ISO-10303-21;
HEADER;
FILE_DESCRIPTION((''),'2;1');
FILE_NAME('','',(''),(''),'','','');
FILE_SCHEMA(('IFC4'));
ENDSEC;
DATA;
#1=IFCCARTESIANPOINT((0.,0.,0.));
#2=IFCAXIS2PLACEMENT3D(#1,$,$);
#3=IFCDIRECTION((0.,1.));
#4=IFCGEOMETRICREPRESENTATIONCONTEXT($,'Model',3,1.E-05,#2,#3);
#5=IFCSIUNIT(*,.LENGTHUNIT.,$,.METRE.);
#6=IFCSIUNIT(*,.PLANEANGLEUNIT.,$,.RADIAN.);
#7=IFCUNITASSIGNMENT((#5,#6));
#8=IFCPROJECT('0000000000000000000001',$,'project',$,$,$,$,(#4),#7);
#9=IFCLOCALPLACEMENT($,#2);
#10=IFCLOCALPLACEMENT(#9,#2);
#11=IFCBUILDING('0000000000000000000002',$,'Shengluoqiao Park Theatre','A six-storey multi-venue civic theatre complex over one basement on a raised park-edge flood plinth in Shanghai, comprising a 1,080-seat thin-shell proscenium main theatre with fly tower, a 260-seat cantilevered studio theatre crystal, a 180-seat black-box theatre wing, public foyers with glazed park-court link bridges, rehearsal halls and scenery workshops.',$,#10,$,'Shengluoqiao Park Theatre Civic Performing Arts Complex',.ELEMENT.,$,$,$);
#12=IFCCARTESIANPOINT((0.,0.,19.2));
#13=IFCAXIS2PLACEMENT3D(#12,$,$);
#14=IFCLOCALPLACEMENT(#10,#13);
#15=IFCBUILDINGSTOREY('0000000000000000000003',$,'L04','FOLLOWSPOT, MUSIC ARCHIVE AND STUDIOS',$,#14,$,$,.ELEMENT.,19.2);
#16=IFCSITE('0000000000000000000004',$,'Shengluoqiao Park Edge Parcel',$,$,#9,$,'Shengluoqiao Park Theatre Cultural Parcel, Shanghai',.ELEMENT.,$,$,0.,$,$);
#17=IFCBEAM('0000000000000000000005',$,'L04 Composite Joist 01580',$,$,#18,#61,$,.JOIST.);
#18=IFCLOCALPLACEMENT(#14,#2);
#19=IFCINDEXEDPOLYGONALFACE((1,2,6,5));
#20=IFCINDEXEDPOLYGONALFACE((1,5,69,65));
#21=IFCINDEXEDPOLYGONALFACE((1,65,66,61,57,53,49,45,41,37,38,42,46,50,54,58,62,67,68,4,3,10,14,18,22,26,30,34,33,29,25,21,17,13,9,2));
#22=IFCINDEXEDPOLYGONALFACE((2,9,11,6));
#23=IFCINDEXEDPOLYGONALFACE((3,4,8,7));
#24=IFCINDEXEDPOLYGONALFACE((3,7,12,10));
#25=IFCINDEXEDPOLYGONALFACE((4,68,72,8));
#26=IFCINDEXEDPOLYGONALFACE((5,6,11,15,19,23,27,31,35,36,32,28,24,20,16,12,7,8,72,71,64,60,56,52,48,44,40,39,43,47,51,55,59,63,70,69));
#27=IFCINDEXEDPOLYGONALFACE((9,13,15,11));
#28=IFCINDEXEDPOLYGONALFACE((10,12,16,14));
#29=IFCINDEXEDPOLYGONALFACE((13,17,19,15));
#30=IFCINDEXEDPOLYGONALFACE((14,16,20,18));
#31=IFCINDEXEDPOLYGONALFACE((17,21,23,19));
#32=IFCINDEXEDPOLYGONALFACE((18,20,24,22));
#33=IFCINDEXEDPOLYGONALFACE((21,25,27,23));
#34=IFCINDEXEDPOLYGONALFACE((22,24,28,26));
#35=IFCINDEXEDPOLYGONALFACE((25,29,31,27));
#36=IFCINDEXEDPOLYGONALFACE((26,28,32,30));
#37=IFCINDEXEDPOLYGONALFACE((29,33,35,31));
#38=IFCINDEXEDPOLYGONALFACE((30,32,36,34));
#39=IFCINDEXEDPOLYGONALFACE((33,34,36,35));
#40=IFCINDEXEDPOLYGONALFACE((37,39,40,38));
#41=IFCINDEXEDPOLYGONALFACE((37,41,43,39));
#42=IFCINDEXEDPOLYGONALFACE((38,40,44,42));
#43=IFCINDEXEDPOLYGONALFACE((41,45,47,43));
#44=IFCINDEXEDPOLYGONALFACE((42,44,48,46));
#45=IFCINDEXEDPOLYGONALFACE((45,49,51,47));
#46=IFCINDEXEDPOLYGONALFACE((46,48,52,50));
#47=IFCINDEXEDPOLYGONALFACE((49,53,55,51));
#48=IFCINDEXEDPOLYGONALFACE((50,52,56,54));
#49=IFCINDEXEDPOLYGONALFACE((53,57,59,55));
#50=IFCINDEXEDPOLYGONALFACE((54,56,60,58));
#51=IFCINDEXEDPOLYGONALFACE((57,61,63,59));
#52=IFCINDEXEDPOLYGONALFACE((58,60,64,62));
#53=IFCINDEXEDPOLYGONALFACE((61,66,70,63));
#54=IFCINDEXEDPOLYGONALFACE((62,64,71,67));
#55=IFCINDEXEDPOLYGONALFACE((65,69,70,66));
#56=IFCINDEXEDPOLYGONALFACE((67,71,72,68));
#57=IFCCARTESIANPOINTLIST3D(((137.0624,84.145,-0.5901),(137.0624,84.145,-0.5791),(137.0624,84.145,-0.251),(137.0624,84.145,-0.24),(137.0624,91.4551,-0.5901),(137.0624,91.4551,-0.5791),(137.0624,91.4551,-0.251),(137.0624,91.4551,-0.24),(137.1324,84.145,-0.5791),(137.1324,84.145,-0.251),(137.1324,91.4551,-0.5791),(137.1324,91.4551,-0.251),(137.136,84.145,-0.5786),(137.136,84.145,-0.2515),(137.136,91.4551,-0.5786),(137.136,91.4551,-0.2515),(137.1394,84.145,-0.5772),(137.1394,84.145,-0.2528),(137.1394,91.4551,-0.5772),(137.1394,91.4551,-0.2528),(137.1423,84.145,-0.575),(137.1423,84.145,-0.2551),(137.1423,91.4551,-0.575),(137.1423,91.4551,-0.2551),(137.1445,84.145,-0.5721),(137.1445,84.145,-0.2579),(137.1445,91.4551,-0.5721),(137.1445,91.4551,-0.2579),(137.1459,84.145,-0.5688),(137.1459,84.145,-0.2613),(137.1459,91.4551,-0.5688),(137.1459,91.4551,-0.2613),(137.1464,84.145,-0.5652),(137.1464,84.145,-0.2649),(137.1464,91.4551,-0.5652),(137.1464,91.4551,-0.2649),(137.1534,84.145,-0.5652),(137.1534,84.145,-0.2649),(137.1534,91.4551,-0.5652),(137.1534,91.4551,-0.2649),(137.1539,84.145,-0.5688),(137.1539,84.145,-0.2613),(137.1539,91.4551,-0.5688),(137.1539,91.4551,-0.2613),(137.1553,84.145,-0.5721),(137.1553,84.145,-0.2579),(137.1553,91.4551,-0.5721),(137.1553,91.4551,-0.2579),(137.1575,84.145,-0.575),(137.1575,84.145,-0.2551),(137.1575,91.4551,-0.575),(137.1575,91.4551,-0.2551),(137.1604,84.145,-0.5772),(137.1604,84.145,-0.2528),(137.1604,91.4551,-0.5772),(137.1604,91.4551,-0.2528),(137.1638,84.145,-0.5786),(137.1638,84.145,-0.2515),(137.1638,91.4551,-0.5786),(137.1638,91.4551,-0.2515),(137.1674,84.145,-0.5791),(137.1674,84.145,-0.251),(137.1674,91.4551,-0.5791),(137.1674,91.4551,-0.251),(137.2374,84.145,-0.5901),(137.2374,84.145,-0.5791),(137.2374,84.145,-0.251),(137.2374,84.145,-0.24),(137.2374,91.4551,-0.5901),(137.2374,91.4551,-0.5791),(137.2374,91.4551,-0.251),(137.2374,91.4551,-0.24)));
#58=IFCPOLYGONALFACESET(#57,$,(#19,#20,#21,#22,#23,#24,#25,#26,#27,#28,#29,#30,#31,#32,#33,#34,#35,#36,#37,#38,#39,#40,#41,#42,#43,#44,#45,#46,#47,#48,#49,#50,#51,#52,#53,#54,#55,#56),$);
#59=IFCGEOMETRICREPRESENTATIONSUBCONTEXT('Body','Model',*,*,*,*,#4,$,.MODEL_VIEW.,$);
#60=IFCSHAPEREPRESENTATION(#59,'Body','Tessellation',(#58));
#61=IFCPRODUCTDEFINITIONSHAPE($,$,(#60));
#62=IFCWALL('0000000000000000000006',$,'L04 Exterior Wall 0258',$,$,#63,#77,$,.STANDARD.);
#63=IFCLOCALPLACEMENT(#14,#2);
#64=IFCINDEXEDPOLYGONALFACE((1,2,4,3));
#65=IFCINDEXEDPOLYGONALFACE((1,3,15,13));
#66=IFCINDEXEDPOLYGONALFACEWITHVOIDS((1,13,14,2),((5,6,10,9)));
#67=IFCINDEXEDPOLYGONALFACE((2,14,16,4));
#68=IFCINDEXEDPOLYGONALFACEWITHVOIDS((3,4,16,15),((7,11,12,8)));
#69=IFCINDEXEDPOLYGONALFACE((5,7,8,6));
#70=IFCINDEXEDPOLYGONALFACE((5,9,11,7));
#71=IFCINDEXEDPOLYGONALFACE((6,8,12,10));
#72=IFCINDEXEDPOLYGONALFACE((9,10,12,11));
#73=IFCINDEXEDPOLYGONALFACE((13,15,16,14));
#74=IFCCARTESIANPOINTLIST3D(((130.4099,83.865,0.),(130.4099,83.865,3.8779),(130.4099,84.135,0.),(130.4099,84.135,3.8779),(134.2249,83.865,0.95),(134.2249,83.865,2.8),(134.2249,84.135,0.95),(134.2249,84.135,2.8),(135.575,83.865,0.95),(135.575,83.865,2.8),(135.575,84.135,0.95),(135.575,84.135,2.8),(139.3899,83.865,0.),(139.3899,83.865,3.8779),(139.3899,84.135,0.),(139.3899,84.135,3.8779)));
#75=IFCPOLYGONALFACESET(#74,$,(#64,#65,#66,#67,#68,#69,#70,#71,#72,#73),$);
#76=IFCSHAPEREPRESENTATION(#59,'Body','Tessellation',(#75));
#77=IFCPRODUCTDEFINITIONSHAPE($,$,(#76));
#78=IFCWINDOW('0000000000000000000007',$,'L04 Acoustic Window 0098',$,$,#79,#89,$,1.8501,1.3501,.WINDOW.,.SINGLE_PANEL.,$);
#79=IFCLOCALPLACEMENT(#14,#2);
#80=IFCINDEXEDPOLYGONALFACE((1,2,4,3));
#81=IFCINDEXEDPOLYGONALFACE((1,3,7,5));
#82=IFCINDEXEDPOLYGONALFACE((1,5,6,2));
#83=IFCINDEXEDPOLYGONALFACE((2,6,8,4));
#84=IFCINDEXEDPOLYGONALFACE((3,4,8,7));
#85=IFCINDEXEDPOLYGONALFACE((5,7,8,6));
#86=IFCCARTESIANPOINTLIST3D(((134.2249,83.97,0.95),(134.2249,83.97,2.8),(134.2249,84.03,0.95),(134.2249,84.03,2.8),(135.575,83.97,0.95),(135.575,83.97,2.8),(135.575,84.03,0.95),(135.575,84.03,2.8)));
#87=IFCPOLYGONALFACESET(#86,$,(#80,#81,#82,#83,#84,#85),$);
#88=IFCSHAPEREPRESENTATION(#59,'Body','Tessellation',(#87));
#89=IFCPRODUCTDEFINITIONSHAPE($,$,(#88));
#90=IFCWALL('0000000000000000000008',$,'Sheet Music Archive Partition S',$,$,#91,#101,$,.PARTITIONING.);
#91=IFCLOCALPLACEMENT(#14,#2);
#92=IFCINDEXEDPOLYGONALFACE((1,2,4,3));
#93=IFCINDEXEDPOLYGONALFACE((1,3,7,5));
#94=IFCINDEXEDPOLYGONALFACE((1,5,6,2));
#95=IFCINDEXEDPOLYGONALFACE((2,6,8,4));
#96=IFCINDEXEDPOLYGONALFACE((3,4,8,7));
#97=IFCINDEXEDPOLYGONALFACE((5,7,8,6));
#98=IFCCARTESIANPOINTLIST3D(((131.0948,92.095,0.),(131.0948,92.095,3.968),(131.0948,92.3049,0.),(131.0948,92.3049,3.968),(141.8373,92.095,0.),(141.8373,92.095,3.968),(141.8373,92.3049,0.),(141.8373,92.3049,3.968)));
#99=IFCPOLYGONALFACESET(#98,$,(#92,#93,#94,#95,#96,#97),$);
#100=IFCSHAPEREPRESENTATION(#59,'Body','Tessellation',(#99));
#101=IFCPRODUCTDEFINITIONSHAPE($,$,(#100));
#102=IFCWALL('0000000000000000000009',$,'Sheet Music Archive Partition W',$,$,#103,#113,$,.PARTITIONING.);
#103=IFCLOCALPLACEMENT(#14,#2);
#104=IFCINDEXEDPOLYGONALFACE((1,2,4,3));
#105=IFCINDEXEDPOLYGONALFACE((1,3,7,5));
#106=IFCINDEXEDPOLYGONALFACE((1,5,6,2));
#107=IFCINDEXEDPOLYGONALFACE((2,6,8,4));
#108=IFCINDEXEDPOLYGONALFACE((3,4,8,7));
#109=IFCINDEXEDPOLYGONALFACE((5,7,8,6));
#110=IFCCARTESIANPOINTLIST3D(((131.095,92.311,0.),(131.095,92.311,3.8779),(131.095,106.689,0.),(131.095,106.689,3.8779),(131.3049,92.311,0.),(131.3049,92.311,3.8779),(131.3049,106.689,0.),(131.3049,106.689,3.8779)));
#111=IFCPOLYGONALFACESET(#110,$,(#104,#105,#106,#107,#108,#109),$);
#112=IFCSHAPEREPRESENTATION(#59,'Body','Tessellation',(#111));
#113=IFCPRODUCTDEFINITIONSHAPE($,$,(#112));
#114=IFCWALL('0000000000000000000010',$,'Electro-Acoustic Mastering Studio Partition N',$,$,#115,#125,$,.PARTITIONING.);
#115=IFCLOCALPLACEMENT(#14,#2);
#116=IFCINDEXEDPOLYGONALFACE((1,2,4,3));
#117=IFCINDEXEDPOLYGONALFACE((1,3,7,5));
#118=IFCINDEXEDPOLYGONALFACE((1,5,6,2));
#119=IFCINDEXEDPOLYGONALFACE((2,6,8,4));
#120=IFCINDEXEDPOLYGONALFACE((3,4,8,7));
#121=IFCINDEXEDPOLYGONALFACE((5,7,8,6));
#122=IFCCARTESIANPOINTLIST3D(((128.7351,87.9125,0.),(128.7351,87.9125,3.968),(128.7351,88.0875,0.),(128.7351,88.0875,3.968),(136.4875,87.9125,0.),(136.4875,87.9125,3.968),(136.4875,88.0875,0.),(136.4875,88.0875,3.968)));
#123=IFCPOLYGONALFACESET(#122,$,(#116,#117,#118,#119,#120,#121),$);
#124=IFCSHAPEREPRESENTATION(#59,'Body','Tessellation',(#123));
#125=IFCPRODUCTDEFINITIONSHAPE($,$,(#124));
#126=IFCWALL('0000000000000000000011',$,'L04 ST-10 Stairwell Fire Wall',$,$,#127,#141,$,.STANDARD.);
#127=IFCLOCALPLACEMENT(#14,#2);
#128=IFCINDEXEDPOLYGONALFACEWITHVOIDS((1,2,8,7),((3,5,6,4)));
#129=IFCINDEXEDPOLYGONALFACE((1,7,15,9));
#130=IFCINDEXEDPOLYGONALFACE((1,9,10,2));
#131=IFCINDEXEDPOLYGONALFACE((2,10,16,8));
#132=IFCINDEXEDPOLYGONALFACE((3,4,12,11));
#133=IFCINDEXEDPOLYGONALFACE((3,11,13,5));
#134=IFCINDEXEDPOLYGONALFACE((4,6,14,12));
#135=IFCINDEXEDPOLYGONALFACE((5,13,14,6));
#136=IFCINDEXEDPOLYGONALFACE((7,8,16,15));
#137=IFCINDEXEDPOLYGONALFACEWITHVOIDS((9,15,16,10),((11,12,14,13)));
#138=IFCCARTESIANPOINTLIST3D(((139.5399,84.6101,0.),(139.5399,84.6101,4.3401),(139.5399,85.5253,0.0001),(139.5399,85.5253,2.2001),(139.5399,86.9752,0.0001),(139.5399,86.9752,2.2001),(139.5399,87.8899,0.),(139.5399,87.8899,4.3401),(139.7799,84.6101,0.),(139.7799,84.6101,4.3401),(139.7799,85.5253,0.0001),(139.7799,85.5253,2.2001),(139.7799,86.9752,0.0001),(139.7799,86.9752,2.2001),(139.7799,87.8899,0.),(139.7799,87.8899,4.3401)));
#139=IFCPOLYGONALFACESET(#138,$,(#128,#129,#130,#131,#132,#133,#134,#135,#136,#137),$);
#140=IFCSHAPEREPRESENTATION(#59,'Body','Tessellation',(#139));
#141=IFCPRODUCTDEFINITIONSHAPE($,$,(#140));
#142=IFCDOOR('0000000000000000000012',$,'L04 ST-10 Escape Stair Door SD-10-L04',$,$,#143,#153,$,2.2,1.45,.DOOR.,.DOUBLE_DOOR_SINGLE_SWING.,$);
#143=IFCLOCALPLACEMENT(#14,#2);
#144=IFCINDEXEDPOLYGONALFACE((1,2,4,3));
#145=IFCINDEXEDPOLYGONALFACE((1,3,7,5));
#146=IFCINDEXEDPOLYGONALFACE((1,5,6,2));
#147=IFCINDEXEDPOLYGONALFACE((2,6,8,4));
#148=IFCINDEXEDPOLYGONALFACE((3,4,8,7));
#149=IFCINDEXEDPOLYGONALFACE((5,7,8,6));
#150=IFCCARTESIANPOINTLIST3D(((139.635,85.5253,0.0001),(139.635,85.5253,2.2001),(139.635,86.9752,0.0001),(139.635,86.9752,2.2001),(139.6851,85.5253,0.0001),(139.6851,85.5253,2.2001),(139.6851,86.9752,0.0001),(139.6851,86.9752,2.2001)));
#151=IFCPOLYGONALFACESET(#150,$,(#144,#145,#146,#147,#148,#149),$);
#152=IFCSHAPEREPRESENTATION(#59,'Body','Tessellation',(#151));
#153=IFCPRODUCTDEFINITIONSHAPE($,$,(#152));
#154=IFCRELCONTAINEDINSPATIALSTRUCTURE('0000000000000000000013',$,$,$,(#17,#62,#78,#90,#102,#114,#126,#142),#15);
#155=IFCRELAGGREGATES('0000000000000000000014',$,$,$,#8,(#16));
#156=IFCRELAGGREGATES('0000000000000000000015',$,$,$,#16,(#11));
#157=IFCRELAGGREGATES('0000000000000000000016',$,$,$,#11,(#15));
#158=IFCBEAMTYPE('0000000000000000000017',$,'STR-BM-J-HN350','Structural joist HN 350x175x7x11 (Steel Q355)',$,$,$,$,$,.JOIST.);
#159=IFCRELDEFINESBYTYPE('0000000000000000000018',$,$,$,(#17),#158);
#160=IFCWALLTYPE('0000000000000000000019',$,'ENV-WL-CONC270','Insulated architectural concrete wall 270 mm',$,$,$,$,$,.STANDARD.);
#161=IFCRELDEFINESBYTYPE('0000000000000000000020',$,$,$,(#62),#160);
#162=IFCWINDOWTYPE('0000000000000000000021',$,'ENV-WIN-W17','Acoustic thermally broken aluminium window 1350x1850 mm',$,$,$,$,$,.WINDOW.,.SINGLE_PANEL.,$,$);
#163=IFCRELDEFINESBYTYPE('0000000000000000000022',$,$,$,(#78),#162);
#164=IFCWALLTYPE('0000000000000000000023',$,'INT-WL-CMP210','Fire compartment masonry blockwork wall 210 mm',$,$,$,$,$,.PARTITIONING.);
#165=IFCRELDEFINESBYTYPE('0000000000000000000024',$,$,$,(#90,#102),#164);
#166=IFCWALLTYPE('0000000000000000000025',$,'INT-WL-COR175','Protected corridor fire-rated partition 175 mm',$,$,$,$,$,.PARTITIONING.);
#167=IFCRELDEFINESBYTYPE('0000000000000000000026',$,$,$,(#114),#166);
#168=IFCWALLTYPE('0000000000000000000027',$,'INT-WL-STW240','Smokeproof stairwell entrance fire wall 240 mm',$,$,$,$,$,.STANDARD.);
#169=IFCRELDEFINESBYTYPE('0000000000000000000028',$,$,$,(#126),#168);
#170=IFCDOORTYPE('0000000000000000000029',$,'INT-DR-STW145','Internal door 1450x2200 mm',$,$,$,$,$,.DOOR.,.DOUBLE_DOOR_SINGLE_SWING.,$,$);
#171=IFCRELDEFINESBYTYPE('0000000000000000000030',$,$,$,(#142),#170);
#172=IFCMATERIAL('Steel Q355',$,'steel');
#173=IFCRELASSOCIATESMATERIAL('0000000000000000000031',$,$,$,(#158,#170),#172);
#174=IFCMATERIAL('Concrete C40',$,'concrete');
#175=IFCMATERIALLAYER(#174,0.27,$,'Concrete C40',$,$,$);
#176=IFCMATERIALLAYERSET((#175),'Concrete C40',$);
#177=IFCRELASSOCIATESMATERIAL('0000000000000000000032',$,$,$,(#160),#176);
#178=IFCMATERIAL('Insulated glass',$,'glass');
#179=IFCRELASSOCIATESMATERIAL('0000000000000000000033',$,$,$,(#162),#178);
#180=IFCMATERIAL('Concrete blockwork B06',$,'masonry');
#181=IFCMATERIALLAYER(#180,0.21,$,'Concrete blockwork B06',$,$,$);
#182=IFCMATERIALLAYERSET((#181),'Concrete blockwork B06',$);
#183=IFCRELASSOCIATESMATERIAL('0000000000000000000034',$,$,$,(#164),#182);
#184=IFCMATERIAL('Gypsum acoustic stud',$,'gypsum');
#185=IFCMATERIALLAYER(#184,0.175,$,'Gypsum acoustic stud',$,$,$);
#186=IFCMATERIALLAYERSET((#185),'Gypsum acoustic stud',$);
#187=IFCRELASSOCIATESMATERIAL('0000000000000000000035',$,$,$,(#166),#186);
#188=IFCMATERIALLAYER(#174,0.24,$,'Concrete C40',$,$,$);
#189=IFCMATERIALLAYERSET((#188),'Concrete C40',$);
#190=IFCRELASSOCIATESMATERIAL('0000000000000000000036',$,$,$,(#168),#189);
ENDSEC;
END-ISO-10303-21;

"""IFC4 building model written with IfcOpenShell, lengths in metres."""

from ifc_helpers import new_model, si_unit, direction, frame, frame_2d, origin, origin_2d, place, context, subcontext, project, spatial, rectangle, i_section, extrude, material, layer, layer_set, material_profile, profile_set, type_object, element, fill, save


model = new_model("IFC4")

# Units and contexts
model_context = context("Model", 3, precision=1e-05, world=origin(), true_north=direction((0.0, 1.0)))
body_context = subcontext(model_context, "Body", "Model", "MODEL_VIEW")
ifc_project = project(units=[si_unit("LENGTHUNIT", "METRE"), si_unit("PLANEANGLEUNIT", "RADIAN")], contexts=[model_context])

# Site, building, storey
site_placement = place(None, origin())
site = spatial("IfcSite", under=ifc_project, at=site_placement, Name="Shengluoqiao Park Edge Parcel", LongName="Shengluoqiao Park Theatre Cultural Parcel, Shanghai", CompositionType="ELEMENT", RefElevation=0.0)
building_placement = place(site_placement, origin())
building = spatial("IfcBuilding", under=site, at=building_placement, Name="Shengluoqiao Park Theatre", Description="A six-storey multi-venue civic theatre complex over one basement on a raised park-edge flood plinth in Shanghai, comprising a 1,080-seat thin-shell proscenium main theatre with fly tower, a 260-seat cantilevered studio theatre crystal, a 180-seat black-box theatre wing, public foyers with glazed park-court link bridges, rehearsal halls and scenery workshops.", LongName="Shengluoqiao Park Theatre Civic Performing Arts Complex", CompositionType="ELEMENT")
storey_placement = place(building_placement, frame((0.0, 0.0, 19.2)))
storey = spatial("IfcBuildingStorey", under=building, at=storey_placement, Name="L04", Description="FOLLOWSPOT, MUSIC ARCHIVE AND STUDIOS", CompositionType="ELEMENT", Elevation=19.2)

# Shared definitions
ifc_material_1 = material(Name="Steel Q355", Category="steel")

# Beam
ifc_material_profile_1 = material_profile(ifc_material_1, i_section(OverallWidth=0.175, OverallDepth=0.3501, WebThickness=0.0071, FlangeThickness=0.011, FilletRadius=0.0139, at=origin_2d()), Name="HN 350x175x7x11")
ifc_profile_set_1 = profile_set([ifc_material_profile_1], Name="Steel Q355")
beam_type_1 = type_object("IfcBeamType", Name="STR-BM-J-HN350", Description="Structural joist HN 350x175x7x11 (Steel Q355)", PredefinedType="JOIST", material=ifc_profile_set_1)
for number, where, z_axis, x_axis, name in (
    (1, (137.1499, 84.145, -0.415), (0.0, 1.0, 0.0), (-1.0, 0.0, 0.0), "L04 Composite Joist 01580"),
):
    element("IfcBeam", number, at=place(storey_placement, frame(where, z_axis=z_axis, x_axis=x_axis)), inside=storey, type_object=beam_type_1, Name=name, PredefinedType="JOIST", context=body_context, shape_type="SweptSolid", body=[
        extrude(i_section(OverallWidth=0.175, OverallDepth=0.3501, WebThickness=0.0071, FlangeThickness=0.011, FilletRadius=0.0139, at=origin_2d()), origin(), (0.0, 0.0, 1.0), 7.3101),
    ])

# Wall, opening, window
ifc_material_2 = material(Name="Concrete C40", Category="concrete")
ifc_layer_1 = layer(ifc_material_2, 0.27, Name="Concrete C40")
ifc_layer_set_1 = layer_set([ifc_layer_1], Name="Concrete C40")
wall_type_1 = type_object("IfcWallType", Name="ENV-WL-CONC270", Description="Insulated architectural concrete wall 270 mm", PredefinedType="STANDARD", material=ifc_layer_set_1)
wall_1_placement = place(storey_placement, frame((130.4099, 84.0, 0.0), z_axis=(0.0, 0.0, 1.0), x_axis=(1.0, 0.0, 0.0)))
wall_1 = element("IfcWall", 2, at=wall_1_placement, inside=storey, type_object=wall_type_1, Name="L04 Exterior Wall 0258", PredefinedType="STANDARD", context=body_context, shape_type="SweptSolid", body=[
    extrude(rectangle(XDim=8.98, YDim=0.27, at=frame_2d((4.49, 0.0))), origin(), (0.0, 0.0, 1.0), 3.8779),
])
opening_1_placement = place(wall_1_placement, frame((3.8149, 0.0, 0.95)))
opening_1 = element("IfcOpeningElement", 3, at=opening_1_placement, cuts=wall_1, PredefinedType="OPENING", context=body_context, shape_type="SweptSolid", body=[
    extrude(rectangle(XDim=1.3501, YDim=1.8501, at=frame_2d((0.675, 0.925))), frame((0.0, 0.145, 0.0), z_axis=(0.0, -1.0, 0.0), x_axis=(1.0, 0.0, 0.0)), (0.0, 0.0, 1.0), 0.29),
])
ifc_material_3 = material(Name="Insulated glass", Category="glass")
window_type = type_object("IfcWindowType", Name="ENV-WIN-W17", Description="Acoustic thermally broken aluminium window 1350x1850 mm", PartitioningType="SINGLE_PANEL", PredefinedType="WINDOW", material=ifc_material_3)
window_placement = place(opening_1_placement, origin())
window = element("IfcWindow", 4, at=window_placement, inside=storey, type_object=window_type, Name="L04 Acoustic Window 0098", OverallHeight=1.8501, OverallWidth=1.3501, PartitioningType="SINGLE_PANEL", PredefinedType="WINDOW", context=body_context, shape_type="SweptSolid", body=[
    extrude(rectangle(XDim=1.3501, YDim=1.8501, at=frame_2d((0.675, 0.925))), frame((0.0, 0.03, 0.0), z_axis=(0.0, -1.0, 0.0), x_axis=(1.0, 0.0, 0.0)), (0.0, 0.0, 1.0), 0.0601),
])
fill(opening_1, window)

# Walls
ifc_material_4 = material(Name="Concrete blockwork B06", Category="masonry")
ifc_layer_2 = layer(ifc_material_4, 0.21, Name="Concrete blockwork B06")
ifc_layer_set_2 = layer_set([ifc_layer_2], Name="Concrete blockwork B06")
wall_type_2 = type_object("IfcWallType", Name="INT-WL-CMP210", Description="Fire compartment masonry blockwork wall 210 mm", PredefinedType="PARTITIONING", material=ifc_layer_set_2)
wall_2_placement = place(storey_placement, frame((131.095, 92.2, 0.0), z_axis=(0.0, 0.0, 1.0), x_axis=(1.0, 0.0, 0.0)))
element("IfcWall", 5, at=wall_2_placement, inside=storey, type_object=wall_type_2, Name="Sheet Music Archive Partition S", PredefinedType="PARTITIONING", context=body_context, shape_type="SweptSolid", body=[
    extrude(rectangle(XDim=10.7424, YDim=0.21, at=frame_2d((5.3711, 0.0))), origin(), (0.0, 0.0, 1.0), 3.968),
])
wall_3_placement = place(storey_placement, frame((131.2, 92.311, 0.0), z_axis=(0.0, 0.0, 1.0), x_axis=(0.0, 1.0, 0.0)))
element("IfcWall", 6, at=wall_3_placement, inside=storey, type_object=wall_type_2, Name="Sheet Music Archive Partition W", PredefinedType="PARTITIONING", context=body_context, shape_type="SweptSolid", body=[
    extrude(rectangle(XDim=14.3779, YDim=0.21, at=frame_2d((7.189, 0.0))), origin(), (0.0, 0.0, 1.0), 3.8779),
])
ifc_material_5 = material(Name="Gypsum acoustic stud", Category="gypsum")
ifc_layer_3 = layer(ifc_material_5, 0.175, Name="Gypsum acoustic stud")
ifc_layer_set_3 = layer_set([ifc_layer_3], Name="Gypsum acoustic stud")
wall_type_3 = type_object("IfcWallType", Name="INT-WL-COR175", Description="Protected corridor fire-rated partition 175 mm", PredefinedType="PARTITIONING", material=ifc_layer_set_3)
wall_4_placement = place(storey_placement, frame((128.7351, 88.0, 0.0), z_axis=(0.0, 0.0, 1.0), x_axis=(1.0, 0.0, 0.0)))
element("IfcWall", 7, at=wall_4_placement, inside=storey, type_object=wall_type_3, Name="Electro-Acoustic Mastering Studio Partition N", PredefinedType="PARTITIONING", context=body_context, shape_type="SweptSolid", body=[
    extrude(rectangle(XDim=7.7524, YDim=0.175, at=frame_2d((3.8762, 0.0))), origin(), (0.0, 0.0, 1.0), 3.968),
])

# Wall, opening, door
ifc_layer_4 = layer(ifc_material_2, 0.24, Name="Concrete C40")
ifc_layer_set_4 = layer_set([ifc_layer_4], Name="Concrete C40")
wall_type_4 = type_object("IfcWallType", Name="INT-WL-STW240", Description="Smokeproof stairwell entrance fire wall 240 mm", PredefinedType="STANDARD", material=ifc_layer_set_4)
wall_5_placement = place(storey_placement, frame((139.6599, 84.6101, 0.0), z_axis=(0.0, 0.0, 1.0), x_axis=(0.0, 1.0, 0.0)))
wall_5 = element("IfcWall", 8, at=wall_5_placement, inside=storey, type_object=wall_type_4, Name="L04 ST-10 Stairwell Fire Wall", PredefinedType="STANDARD", context=body_context, shape_type="SweptSolid", body=[
    extrude(rectangle(XDim=3.2798, YDim=0.24, at=frame_2d((1.6399, 0.0))), origin(), (0.0, 0.0, 1.0), 4.3401),
])
opening_2_placement = place(wall_5_placement, frame((0.915, 0.0, 0.0)))
opening_2 = element("IfcOpeningElement", 9, at=opening_2_placement, cuts=wall_5, PredefinedType="OPENING", context=body_context, shape_type="SweptSolid", body=[
    extrude(rectangle(XDim=1.45, YDim=2.2, at=frame_2d((0.7251, 1.1001))), frame((0.0, 0.1299, 0.0), z_axis=(0.0, -1.0, 0.0), x_axis=(1.0, 0.0, 0.0)), (0.0, 0.0, 1.0), 0.26),
])
door_type_1 = type_object("IfcDoorType", Name="INT-DR-STW145", Description="Internal door 1450x2200 mm", OperationType="DOUBLE_DOOR_SINGLE_SWING", PredefinedType="DOOR", material=ifc_material_1)
door_1_placement = place(opening_2_placement, origin())
door_1 = element("IfcDoor", 10, at=door_1_placement, inside=storey, type_object=door_type_1, Name="L04 ST-10 Escape Stair Door SD-10-L04", OperationType="DOUBLE_DOOR_SINGLE_SWING", OverallHeight=2.2, OverallWidth=1.45, PredefinedType="DOOR", context=body_context, shape_type="SweptSolid", body=[
    extrude(rectangle(XDim=1.45, YDim=2.2, at=frame_2d((0.7251, 1.1001))), frame((0.0, 0.0249, 0.0), z_axis=(0.0, -1.0, 0.0), x_axis=(1.0, 0.0, 0.0)), (0.0, 0.0, 1.0), 0.05),
])
fill(opening_2, door_1)

save(model, "model.ifc")
